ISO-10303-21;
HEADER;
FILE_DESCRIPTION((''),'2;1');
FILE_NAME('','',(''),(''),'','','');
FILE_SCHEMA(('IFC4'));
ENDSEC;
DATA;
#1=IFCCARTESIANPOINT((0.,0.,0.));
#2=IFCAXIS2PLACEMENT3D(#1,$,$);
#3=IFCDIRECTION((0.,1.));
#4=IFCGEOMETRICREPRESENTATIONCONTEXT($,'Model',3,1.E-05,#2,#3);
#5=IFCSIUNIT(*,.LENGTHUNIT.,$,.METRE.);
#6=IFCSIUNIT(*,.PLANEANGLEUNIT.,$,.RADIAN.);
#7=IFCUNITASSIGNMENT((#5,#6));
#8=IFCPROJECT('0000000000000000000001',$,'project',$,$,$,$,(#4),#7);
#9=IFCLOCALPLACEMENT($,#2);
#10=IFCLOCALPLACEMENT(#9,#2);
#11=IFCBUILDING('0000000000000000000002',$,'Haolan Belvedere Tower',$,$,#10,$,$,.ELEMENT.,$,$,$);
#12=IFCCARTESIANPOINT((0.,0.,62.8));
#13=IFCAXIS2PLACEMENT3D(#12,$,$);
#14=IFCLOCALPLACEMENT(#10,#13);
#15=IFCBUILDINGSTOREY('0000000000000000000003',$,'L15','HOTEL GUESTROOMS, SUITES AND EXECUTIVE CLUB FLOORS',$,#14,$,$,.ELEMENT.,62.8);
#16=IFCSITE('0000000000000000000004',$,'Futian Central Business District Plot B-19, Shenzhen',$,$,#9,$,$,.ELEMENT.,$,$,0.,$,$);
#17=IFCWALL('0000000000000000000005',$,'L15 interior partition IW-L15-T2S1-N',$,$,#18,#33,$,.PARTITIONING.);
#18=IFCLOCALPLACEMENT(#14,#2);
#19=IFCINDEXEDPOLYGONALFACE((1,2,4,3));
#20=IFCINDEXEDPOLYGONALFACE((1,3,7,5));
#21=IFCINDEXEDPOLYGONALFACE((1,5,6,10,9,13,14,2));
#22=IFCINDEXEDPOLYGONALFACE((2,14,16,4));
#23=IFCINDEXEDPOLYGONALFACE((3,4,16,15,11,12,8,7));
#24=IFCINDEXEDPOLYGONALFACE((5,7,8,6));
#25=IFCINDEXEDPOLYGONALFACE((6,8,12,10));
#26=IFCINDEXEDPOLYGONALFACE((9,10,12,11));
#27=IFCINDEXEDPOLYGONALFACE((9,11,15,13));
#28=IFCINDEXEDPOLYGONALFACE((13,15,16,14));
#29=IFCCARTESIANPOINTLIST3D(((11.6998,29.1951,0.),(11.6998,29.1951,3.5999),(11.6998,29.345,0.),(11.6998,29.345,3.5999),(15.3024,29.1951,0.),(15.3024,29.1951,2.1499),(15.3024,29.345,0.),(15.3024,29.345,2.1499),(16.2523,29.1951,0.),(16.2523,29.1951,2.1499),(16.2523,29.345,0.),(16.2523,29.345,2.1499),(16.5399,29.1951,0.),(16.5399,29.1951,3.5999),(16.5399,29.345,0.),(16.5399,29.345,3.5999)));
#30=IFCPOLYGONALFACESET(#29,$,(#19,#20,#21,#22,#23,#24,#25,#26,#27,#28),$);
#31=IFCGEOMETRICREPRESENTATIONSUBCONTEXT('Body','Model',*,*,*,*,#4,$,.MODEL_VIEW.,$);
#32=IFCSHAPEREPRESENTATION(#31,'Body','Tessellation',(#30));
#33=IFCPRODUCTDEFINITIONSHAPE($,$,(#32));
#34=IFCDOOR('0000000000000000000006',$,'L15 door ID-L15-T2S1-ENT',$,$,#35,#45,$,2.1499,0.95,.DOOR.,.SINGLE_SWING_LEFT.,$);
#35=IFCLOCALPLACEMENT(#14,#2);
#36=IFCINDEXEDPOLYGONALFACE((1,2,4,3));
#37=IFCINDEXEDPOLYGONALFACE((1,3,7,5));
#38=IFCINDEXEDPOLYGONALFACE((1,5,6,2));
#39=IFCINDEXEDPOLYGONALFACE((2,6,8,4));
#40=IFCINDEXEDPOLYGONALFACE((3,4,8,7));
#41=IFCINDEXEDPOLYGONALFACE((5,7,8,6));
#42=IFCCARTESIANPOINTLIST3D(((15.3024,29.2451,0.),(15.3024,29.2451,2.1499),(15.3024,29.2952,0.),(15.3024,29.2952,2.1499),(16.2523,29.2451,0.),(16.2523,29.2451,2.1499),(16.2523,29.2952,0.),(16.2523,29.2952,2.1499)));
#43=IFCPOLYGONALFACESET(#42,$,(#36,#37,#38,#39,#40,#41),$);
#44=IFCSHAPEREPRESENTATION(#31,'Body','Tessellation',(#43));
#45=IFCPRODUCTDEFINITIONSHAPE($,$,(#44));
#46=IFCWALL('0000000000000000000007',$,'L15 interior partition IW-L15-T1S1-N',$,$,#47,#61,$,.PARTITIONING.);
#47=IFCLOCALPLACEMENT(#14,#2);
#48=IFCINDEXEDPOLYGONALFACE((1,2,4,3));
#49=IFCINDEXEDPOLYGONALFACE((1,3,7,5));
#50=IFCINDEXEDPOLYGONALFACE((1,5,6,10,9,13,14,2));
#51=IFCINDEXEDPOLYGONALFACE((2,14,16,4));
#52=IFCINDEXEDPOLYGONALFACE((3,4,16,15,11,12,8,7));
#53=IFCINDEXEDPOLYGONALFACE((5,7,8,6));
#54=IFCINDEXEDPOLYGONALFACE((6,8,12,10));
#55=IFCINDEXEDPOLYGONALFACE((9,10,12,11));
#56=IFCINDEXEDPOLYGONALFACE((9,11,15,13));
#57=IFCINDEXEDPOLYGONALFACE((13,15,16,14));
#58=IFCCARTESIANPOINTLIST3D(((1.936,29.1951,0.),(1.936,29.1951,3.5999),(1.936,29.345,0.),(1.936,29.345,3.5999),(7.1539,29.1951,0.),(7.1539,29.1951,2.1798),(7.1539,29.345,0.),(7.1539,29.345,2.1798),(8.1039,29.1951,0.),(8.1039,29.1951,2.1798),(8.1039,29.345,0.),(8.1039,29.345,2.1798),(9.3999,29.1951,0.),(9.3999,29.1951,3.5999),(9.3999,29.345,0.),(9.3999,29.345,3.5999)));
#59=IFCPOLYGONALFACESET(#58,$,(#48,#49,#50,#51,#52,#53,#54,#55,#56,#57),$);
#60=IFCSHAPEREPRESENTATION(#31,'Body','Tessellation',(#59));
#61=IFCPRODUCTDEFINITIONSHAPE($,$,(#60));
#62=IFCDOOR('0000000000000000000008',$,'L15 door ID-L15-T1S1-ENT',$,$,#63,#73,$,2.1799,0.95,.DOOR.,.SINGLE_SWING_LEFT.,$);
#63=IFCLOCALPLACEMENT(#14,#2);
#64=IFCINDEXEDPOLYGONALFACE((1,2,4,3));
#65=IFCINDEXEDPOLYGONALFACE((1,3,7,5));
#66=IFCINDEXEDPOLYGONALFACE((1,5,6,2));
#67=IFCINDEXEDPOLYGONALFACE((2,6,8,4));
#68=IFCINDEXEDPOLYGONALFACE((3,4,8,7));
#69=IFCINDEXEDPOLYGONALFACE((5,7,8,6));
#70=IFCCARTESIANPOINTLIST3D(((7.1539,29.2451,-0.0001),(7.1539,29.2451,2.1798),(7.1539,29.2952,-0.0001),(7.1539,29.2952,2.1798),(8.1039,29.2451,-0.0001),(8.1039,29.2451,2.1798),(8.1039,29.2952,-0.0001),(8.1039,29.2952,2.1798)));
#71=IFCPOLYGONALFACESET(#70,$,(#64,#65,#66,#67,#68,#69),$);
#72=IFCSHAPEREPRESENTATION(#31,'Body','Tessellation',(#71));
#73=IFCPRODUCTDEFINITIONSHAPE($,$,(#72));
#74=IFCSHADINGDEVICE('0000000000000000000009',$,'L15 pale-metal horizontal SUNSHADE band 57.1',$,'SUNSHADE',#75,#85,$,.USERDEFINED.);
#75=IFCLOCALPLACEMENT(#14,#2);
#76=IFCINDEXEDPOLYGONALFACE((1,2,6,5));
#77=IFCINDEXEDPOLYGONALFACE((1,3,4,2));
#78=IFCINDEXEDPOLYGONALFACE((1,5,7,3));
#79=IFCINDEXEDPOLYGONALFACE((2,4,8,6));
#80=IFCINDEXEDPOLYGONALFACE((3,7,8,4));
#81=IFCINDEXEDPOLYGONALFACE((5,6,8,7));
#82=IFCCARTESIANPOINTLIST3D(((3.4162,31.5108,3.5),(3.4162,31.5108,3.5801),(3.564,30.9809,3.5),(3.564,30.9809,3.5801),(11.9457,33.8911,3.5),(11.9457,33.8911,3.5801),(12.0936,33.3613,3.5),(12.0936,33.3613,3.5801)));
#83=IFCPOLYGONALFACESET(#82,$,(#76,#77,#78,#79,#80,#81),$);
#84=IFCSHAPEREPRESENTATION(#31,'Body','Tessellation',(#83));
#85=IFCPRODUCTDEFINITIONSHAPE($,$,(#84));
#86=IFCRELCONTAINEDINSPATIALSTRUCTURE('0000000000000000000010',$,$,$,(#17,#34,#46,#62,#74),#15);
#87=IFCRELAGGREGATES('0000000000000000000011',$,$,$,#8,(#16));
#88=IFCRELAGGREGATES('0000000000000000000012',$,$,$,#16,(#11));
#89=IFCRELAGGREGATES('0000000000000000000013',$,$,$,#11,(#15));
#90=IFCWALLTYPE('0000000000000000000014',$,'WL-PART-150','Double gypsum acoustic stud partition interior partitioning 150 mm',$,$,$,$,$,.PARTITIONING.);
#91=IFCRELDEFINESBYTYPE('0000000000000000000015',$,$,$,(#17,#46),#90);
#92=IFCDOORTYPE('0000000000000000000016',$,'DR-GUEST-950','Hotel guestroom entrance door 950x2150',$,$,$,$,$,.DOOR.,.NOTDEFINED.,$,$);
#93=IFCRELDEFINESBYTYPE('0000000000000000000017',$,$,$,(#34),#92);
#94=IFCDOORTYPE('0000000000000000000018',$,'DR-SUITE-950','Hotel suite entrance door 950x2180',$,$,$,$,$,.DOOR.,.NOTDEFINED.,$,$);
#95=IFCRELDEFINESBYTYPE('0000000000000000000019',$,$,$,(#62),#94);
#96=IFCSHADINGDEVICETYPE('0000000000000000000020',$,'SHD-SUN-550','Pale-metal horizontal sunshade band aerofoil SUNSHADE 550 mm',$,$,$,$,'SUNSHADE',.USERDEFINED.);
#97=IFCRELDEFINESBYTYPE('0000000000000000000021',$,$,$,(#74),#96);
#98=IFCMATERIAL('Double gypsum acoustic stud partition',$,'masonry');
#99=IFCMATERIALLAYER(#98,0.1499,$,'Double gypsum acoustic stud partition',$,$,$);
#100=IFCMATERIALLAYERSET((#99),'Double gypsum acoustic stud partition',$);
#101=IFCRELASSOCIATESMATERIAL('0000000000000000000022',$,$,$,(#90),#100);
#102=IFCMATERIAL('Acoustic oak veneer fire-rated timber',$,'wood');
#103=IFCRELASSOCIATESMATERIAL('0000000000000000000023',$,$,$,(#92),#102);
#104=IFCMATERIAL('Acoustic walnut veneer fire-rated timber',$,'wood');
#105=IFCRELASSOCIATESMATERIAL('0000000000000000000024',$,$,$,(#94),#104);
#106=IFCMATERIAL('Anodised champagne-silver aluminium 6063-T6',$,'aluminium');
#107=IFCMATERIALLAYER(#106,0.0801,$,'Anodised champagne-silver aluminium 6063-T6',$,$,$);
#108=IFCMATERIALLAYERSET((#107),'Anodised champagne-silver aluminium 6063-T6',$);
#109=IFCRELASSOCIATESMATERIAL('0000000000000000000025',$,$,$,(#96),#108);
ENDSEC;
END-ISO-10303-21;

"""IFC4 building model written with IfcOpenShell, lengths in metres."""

from ifc_helpers import new_model, si_unit, direction, frame, frame_2d, origin, origin_2d, place, context, subcontext, project, spatial, rectangle, extrude, material, layer, layer_set, type_object, element, fill, save


model = new_model("IFC4")

# Units and contexts
model_context = context("Model", 3, precision=1e-05, world=origin(), true_north=direction((0.0, 1.0)))
body_context = subcontext(model_context, "Body", "Model", "MODEL_VIEW")
ifc_project = project(units=[si_unit("LENGTHUNIT", "METRE"), si_unit("PLANEANGLEUNIT", "RADIAN")], contexts=[model_context])

# Site, building, storey
site_placement = place(None, origin())
site = spatial("IfcSite", under=ifc_project, at=site_placement, Name="Futian Central Business District Plot B-19, Shenzhen", CompositionType="ELEMENT", RefElevation=0.0)
building_placement = place(site_placement, origin())
building = spatial("IfcBuilding", under=site, at=building_placement, Name="Haolan Belvedere Tower", CompositionType="ELEMENT")
storey_placement = place(building_placement, frame((0.0, 0.0, 62.8)))
storey = spatial("IfcBuildingStorey", under=building, at=storey_placement, Name="L15", Description="HOTEL GUESTROOMS, SUITES AND EXECUTIVE CLUB FLOORS", CompositionType="ELEMENT", Elevation=62.8)

# Shared definitions
ifc_material_1 = material(Name="Double gypsum acoustic stud partition", Category="masonry")
ifc_layer_1 = layer(ifc_material_1, 0.1499, Name="Double gypsum acoustic stud partition")
ifc_layer_set_1 = layer_set([ifc_layer_1], Name="Double gypsum acoustic stud partition")
wall_type_1 = type_object("IfcWallType", Name="WL-PART-150", Description="Double gypsum acoustic stud partition interior partitioning 150 mm", PredefinedType="PARTITIONING", material=ifc_layer_set_1)
ifc_material_2 = material(Name="Acoustic oak veneer fire-rated timber", Category="wood")
door_type_1 = type_object("IfcDoorType", Name="DR-GUEST-950", Description="Hotel guestroom entrance door 950x2150", OperationType="NOTDEFINED", PredefinedType="DOOR", material=ifc_material_2)

# Walls, openings, doors
wall_1_placement = place(storey_placement, frame((11.7, 29.27, 0.0), z_axis=(0.0, 0.0, 1.0), x_axis=(1.0, 0.0, 0.0)))
wall_1 = element("IfcWall", 1, at=wall_1_placement, inside=storey, type_object=wall_type_1, Name="L15 interior partition IW-L15-T2S1-N", PredefinedType="PARTITIONING", context=body_context, shape_type="SweptSolid", body=[
    extrude(rectangle(XDim=4.8401, YDim=0.1499, at=frame_2d((2.4199, 0.0))), origin(), (0.0, 0.0, 1.0), 3.5999),
])
opening_1_placement = place(wall_1_placement, frame((4.5525, 0.0, 0.0), z_axis=(0.0, 0.0, 1.0), x_axis=(-1.0, 0.0, 0.0)))
opening_1 = element("IfcOpeningElement", 2, at=opening_1_placement, cuts=wall_1, PredefinedType="OPENING", context=body_context, shape_type="SweptSolid", body=[
    extrude(rectangle(XDim=0.95, YDim=2.1499, at=frame_2d((0.4751, 1.075))), frame((0.0, 0.085, 0.0), z_axis=(0.0, -1.0, 0.0), x_axis=(1.0, 0.0, 0.0)), (0.0, 0.0, 1.0), 0.1699),
])
door_1_placement = place(opening_1_placement, origin())
door_1 = element("IfcDoor", 3, at=door_1_placement, inside=storey, type_object=door_type_1, Name="L15 door ID-L15-T2S1-ENT", OperationType="SINGLE_SWING_LEFT", OverallHeight=2.1499, OverallWidth=0.95, PredefinedType="DOOR", context=body_context, shape_type="SweptSolid", body=[
    extrude(rectangle(XDim=0.95, YDim=2.1499, at=frame_2d((0.4751, 1.075))), frame((0.0, 0.0249, 0.0), z_axis=(0.0, -1.0, 0.0), x_axis=(1.0, 0.0, 0.0)), (0.0, 0.0, 1.0), 0.05),
])
fill(opening_1, door_1)
wall_2_placement = place(storey_placement, frame((1.936, 29.27, 0.0), z_axis=(0.0, 0.0, 1.0), x_axis=(1.0, 0.0, 0.0)))
wall_2 = element("IfcWall", 4, at=wall_2_placement, inside=storey, type_object=wall_type_1, Name="L15 interior partition IW-L15-T1S1-N", PredefinedType="PARTITIONING", context=body_context, shape_type="SweptSolid", body=[
    extrude(rectangle(XDim=7.4639, YDim=0.1499, at=frame_2d((3.7319, 0.0))), origin(), (0.0, 0.0, 1.0), 3.5999),
])
opening_2_placement = place(wall_2_placement, frame((6.168, 0.0, 0.0), z_axis=(0.0, 0.0, 1.0), x_axis=(-1.0, 0.0, 0.0)))
opening_2 = element("IfcOpeningElement", 5, at=opening_2_placement, cuts=wall_2, PredefinedType="OPENING", context=body_context, shape_type="SweptSolid", body=[
    extrude(rectangle(XDim=0.95, YDim=2.1799, at=frame_2d((0.4751, 1.0898))), frame((0.0, 0.085, 0.0), z_axis=(0.0, -1.0, 0.0), x_axis=(1.0, 0.0, 0.0)), (0.0, 0.0, 1.0), 0.1699),
])
ifc_material_3 = material(Name="Acoustic walnut veneer fire-rated timber", Category="wood")
door_type_2 = type_object("IfcDoorType", Name="DR-SUITE-950", Description="Hotel suite entrance door 950x2180", OperationType="NOTDEFINED", PredefinedType="DOOR", material=ifc_material_3)
door_2_placement = place(opening_2_placement, origin())
door_2 = element("IfcDoor", 6, at=door_2_placement, inside=storey, type_object=door_type_2, Name="L15 door ID-L15-T1S1-ENT", OperationType="SINGLE_SWING_LEFT", OverallHeight=2.1799, OverallWidth=0.95, PredefinedType="DOOR", context=body_context, shape_type="SweptSolid", body=[
    extrude(rectangle(XDim=0.95, YDim=2.1799, at=frame_2d((0.4751, 1.0898))), frame((0.0, 0.0249, 0.0), z_axis=(0.0, -1.0, 0.0), x_axis=(1.0, 0.0, 0.0)), (0.0, 0.0, 1.0), 0.05),
])
fill(opening_2, door_2)

# Shading device
ifc_material_4 = material(Name="Anodised champagne-silver aluminium 6063-T6", Category="aluminium")
ifc_layer_2 = layer(ifc_material_4, 0.0801, Name="Anodised champagne-silver aluminium 6063-T6")
ifc_layer_set_2 = layer_set([ifc_layer_2], Name="Anodised champagne-silver aluminium 6063-T6")
shading_device_type = type_object("IfcShadingDeviceType", Name="SHD-SUN-550", Description="Pale-metal horizontal sunshade band aerofoil SUNSHADE 550 mm", ElementType="SUNSHADE", PredefinedType="USERDEFINED", material=ifc_layer_set_2)
shading_device_placement = place(storey_placement, frame((7.7549, 32.436, 3.5), z_axis=(0.0, 0.0, 1.0), x_axis=(-0.963195, -0.268802, 0.0)))
element("IfcShadingDevice", 7, at=shading_device_placement, inside=storey, type_object=shading_device_type, Name="L15 pale-metal horizontal SUNSHADE band 57.1", ObjectType="SUNSHADE", PredefinedType="USERDEFINED", context=body_context, shape_type="SweptSolid", body=[
    extrude(rectangle(XDim=8.8555, YDim=0.55, at=origin_2d()), origin(), (0.0, 0.0, 1.0), 0.0801),
])

save(model, "model.ifc")
